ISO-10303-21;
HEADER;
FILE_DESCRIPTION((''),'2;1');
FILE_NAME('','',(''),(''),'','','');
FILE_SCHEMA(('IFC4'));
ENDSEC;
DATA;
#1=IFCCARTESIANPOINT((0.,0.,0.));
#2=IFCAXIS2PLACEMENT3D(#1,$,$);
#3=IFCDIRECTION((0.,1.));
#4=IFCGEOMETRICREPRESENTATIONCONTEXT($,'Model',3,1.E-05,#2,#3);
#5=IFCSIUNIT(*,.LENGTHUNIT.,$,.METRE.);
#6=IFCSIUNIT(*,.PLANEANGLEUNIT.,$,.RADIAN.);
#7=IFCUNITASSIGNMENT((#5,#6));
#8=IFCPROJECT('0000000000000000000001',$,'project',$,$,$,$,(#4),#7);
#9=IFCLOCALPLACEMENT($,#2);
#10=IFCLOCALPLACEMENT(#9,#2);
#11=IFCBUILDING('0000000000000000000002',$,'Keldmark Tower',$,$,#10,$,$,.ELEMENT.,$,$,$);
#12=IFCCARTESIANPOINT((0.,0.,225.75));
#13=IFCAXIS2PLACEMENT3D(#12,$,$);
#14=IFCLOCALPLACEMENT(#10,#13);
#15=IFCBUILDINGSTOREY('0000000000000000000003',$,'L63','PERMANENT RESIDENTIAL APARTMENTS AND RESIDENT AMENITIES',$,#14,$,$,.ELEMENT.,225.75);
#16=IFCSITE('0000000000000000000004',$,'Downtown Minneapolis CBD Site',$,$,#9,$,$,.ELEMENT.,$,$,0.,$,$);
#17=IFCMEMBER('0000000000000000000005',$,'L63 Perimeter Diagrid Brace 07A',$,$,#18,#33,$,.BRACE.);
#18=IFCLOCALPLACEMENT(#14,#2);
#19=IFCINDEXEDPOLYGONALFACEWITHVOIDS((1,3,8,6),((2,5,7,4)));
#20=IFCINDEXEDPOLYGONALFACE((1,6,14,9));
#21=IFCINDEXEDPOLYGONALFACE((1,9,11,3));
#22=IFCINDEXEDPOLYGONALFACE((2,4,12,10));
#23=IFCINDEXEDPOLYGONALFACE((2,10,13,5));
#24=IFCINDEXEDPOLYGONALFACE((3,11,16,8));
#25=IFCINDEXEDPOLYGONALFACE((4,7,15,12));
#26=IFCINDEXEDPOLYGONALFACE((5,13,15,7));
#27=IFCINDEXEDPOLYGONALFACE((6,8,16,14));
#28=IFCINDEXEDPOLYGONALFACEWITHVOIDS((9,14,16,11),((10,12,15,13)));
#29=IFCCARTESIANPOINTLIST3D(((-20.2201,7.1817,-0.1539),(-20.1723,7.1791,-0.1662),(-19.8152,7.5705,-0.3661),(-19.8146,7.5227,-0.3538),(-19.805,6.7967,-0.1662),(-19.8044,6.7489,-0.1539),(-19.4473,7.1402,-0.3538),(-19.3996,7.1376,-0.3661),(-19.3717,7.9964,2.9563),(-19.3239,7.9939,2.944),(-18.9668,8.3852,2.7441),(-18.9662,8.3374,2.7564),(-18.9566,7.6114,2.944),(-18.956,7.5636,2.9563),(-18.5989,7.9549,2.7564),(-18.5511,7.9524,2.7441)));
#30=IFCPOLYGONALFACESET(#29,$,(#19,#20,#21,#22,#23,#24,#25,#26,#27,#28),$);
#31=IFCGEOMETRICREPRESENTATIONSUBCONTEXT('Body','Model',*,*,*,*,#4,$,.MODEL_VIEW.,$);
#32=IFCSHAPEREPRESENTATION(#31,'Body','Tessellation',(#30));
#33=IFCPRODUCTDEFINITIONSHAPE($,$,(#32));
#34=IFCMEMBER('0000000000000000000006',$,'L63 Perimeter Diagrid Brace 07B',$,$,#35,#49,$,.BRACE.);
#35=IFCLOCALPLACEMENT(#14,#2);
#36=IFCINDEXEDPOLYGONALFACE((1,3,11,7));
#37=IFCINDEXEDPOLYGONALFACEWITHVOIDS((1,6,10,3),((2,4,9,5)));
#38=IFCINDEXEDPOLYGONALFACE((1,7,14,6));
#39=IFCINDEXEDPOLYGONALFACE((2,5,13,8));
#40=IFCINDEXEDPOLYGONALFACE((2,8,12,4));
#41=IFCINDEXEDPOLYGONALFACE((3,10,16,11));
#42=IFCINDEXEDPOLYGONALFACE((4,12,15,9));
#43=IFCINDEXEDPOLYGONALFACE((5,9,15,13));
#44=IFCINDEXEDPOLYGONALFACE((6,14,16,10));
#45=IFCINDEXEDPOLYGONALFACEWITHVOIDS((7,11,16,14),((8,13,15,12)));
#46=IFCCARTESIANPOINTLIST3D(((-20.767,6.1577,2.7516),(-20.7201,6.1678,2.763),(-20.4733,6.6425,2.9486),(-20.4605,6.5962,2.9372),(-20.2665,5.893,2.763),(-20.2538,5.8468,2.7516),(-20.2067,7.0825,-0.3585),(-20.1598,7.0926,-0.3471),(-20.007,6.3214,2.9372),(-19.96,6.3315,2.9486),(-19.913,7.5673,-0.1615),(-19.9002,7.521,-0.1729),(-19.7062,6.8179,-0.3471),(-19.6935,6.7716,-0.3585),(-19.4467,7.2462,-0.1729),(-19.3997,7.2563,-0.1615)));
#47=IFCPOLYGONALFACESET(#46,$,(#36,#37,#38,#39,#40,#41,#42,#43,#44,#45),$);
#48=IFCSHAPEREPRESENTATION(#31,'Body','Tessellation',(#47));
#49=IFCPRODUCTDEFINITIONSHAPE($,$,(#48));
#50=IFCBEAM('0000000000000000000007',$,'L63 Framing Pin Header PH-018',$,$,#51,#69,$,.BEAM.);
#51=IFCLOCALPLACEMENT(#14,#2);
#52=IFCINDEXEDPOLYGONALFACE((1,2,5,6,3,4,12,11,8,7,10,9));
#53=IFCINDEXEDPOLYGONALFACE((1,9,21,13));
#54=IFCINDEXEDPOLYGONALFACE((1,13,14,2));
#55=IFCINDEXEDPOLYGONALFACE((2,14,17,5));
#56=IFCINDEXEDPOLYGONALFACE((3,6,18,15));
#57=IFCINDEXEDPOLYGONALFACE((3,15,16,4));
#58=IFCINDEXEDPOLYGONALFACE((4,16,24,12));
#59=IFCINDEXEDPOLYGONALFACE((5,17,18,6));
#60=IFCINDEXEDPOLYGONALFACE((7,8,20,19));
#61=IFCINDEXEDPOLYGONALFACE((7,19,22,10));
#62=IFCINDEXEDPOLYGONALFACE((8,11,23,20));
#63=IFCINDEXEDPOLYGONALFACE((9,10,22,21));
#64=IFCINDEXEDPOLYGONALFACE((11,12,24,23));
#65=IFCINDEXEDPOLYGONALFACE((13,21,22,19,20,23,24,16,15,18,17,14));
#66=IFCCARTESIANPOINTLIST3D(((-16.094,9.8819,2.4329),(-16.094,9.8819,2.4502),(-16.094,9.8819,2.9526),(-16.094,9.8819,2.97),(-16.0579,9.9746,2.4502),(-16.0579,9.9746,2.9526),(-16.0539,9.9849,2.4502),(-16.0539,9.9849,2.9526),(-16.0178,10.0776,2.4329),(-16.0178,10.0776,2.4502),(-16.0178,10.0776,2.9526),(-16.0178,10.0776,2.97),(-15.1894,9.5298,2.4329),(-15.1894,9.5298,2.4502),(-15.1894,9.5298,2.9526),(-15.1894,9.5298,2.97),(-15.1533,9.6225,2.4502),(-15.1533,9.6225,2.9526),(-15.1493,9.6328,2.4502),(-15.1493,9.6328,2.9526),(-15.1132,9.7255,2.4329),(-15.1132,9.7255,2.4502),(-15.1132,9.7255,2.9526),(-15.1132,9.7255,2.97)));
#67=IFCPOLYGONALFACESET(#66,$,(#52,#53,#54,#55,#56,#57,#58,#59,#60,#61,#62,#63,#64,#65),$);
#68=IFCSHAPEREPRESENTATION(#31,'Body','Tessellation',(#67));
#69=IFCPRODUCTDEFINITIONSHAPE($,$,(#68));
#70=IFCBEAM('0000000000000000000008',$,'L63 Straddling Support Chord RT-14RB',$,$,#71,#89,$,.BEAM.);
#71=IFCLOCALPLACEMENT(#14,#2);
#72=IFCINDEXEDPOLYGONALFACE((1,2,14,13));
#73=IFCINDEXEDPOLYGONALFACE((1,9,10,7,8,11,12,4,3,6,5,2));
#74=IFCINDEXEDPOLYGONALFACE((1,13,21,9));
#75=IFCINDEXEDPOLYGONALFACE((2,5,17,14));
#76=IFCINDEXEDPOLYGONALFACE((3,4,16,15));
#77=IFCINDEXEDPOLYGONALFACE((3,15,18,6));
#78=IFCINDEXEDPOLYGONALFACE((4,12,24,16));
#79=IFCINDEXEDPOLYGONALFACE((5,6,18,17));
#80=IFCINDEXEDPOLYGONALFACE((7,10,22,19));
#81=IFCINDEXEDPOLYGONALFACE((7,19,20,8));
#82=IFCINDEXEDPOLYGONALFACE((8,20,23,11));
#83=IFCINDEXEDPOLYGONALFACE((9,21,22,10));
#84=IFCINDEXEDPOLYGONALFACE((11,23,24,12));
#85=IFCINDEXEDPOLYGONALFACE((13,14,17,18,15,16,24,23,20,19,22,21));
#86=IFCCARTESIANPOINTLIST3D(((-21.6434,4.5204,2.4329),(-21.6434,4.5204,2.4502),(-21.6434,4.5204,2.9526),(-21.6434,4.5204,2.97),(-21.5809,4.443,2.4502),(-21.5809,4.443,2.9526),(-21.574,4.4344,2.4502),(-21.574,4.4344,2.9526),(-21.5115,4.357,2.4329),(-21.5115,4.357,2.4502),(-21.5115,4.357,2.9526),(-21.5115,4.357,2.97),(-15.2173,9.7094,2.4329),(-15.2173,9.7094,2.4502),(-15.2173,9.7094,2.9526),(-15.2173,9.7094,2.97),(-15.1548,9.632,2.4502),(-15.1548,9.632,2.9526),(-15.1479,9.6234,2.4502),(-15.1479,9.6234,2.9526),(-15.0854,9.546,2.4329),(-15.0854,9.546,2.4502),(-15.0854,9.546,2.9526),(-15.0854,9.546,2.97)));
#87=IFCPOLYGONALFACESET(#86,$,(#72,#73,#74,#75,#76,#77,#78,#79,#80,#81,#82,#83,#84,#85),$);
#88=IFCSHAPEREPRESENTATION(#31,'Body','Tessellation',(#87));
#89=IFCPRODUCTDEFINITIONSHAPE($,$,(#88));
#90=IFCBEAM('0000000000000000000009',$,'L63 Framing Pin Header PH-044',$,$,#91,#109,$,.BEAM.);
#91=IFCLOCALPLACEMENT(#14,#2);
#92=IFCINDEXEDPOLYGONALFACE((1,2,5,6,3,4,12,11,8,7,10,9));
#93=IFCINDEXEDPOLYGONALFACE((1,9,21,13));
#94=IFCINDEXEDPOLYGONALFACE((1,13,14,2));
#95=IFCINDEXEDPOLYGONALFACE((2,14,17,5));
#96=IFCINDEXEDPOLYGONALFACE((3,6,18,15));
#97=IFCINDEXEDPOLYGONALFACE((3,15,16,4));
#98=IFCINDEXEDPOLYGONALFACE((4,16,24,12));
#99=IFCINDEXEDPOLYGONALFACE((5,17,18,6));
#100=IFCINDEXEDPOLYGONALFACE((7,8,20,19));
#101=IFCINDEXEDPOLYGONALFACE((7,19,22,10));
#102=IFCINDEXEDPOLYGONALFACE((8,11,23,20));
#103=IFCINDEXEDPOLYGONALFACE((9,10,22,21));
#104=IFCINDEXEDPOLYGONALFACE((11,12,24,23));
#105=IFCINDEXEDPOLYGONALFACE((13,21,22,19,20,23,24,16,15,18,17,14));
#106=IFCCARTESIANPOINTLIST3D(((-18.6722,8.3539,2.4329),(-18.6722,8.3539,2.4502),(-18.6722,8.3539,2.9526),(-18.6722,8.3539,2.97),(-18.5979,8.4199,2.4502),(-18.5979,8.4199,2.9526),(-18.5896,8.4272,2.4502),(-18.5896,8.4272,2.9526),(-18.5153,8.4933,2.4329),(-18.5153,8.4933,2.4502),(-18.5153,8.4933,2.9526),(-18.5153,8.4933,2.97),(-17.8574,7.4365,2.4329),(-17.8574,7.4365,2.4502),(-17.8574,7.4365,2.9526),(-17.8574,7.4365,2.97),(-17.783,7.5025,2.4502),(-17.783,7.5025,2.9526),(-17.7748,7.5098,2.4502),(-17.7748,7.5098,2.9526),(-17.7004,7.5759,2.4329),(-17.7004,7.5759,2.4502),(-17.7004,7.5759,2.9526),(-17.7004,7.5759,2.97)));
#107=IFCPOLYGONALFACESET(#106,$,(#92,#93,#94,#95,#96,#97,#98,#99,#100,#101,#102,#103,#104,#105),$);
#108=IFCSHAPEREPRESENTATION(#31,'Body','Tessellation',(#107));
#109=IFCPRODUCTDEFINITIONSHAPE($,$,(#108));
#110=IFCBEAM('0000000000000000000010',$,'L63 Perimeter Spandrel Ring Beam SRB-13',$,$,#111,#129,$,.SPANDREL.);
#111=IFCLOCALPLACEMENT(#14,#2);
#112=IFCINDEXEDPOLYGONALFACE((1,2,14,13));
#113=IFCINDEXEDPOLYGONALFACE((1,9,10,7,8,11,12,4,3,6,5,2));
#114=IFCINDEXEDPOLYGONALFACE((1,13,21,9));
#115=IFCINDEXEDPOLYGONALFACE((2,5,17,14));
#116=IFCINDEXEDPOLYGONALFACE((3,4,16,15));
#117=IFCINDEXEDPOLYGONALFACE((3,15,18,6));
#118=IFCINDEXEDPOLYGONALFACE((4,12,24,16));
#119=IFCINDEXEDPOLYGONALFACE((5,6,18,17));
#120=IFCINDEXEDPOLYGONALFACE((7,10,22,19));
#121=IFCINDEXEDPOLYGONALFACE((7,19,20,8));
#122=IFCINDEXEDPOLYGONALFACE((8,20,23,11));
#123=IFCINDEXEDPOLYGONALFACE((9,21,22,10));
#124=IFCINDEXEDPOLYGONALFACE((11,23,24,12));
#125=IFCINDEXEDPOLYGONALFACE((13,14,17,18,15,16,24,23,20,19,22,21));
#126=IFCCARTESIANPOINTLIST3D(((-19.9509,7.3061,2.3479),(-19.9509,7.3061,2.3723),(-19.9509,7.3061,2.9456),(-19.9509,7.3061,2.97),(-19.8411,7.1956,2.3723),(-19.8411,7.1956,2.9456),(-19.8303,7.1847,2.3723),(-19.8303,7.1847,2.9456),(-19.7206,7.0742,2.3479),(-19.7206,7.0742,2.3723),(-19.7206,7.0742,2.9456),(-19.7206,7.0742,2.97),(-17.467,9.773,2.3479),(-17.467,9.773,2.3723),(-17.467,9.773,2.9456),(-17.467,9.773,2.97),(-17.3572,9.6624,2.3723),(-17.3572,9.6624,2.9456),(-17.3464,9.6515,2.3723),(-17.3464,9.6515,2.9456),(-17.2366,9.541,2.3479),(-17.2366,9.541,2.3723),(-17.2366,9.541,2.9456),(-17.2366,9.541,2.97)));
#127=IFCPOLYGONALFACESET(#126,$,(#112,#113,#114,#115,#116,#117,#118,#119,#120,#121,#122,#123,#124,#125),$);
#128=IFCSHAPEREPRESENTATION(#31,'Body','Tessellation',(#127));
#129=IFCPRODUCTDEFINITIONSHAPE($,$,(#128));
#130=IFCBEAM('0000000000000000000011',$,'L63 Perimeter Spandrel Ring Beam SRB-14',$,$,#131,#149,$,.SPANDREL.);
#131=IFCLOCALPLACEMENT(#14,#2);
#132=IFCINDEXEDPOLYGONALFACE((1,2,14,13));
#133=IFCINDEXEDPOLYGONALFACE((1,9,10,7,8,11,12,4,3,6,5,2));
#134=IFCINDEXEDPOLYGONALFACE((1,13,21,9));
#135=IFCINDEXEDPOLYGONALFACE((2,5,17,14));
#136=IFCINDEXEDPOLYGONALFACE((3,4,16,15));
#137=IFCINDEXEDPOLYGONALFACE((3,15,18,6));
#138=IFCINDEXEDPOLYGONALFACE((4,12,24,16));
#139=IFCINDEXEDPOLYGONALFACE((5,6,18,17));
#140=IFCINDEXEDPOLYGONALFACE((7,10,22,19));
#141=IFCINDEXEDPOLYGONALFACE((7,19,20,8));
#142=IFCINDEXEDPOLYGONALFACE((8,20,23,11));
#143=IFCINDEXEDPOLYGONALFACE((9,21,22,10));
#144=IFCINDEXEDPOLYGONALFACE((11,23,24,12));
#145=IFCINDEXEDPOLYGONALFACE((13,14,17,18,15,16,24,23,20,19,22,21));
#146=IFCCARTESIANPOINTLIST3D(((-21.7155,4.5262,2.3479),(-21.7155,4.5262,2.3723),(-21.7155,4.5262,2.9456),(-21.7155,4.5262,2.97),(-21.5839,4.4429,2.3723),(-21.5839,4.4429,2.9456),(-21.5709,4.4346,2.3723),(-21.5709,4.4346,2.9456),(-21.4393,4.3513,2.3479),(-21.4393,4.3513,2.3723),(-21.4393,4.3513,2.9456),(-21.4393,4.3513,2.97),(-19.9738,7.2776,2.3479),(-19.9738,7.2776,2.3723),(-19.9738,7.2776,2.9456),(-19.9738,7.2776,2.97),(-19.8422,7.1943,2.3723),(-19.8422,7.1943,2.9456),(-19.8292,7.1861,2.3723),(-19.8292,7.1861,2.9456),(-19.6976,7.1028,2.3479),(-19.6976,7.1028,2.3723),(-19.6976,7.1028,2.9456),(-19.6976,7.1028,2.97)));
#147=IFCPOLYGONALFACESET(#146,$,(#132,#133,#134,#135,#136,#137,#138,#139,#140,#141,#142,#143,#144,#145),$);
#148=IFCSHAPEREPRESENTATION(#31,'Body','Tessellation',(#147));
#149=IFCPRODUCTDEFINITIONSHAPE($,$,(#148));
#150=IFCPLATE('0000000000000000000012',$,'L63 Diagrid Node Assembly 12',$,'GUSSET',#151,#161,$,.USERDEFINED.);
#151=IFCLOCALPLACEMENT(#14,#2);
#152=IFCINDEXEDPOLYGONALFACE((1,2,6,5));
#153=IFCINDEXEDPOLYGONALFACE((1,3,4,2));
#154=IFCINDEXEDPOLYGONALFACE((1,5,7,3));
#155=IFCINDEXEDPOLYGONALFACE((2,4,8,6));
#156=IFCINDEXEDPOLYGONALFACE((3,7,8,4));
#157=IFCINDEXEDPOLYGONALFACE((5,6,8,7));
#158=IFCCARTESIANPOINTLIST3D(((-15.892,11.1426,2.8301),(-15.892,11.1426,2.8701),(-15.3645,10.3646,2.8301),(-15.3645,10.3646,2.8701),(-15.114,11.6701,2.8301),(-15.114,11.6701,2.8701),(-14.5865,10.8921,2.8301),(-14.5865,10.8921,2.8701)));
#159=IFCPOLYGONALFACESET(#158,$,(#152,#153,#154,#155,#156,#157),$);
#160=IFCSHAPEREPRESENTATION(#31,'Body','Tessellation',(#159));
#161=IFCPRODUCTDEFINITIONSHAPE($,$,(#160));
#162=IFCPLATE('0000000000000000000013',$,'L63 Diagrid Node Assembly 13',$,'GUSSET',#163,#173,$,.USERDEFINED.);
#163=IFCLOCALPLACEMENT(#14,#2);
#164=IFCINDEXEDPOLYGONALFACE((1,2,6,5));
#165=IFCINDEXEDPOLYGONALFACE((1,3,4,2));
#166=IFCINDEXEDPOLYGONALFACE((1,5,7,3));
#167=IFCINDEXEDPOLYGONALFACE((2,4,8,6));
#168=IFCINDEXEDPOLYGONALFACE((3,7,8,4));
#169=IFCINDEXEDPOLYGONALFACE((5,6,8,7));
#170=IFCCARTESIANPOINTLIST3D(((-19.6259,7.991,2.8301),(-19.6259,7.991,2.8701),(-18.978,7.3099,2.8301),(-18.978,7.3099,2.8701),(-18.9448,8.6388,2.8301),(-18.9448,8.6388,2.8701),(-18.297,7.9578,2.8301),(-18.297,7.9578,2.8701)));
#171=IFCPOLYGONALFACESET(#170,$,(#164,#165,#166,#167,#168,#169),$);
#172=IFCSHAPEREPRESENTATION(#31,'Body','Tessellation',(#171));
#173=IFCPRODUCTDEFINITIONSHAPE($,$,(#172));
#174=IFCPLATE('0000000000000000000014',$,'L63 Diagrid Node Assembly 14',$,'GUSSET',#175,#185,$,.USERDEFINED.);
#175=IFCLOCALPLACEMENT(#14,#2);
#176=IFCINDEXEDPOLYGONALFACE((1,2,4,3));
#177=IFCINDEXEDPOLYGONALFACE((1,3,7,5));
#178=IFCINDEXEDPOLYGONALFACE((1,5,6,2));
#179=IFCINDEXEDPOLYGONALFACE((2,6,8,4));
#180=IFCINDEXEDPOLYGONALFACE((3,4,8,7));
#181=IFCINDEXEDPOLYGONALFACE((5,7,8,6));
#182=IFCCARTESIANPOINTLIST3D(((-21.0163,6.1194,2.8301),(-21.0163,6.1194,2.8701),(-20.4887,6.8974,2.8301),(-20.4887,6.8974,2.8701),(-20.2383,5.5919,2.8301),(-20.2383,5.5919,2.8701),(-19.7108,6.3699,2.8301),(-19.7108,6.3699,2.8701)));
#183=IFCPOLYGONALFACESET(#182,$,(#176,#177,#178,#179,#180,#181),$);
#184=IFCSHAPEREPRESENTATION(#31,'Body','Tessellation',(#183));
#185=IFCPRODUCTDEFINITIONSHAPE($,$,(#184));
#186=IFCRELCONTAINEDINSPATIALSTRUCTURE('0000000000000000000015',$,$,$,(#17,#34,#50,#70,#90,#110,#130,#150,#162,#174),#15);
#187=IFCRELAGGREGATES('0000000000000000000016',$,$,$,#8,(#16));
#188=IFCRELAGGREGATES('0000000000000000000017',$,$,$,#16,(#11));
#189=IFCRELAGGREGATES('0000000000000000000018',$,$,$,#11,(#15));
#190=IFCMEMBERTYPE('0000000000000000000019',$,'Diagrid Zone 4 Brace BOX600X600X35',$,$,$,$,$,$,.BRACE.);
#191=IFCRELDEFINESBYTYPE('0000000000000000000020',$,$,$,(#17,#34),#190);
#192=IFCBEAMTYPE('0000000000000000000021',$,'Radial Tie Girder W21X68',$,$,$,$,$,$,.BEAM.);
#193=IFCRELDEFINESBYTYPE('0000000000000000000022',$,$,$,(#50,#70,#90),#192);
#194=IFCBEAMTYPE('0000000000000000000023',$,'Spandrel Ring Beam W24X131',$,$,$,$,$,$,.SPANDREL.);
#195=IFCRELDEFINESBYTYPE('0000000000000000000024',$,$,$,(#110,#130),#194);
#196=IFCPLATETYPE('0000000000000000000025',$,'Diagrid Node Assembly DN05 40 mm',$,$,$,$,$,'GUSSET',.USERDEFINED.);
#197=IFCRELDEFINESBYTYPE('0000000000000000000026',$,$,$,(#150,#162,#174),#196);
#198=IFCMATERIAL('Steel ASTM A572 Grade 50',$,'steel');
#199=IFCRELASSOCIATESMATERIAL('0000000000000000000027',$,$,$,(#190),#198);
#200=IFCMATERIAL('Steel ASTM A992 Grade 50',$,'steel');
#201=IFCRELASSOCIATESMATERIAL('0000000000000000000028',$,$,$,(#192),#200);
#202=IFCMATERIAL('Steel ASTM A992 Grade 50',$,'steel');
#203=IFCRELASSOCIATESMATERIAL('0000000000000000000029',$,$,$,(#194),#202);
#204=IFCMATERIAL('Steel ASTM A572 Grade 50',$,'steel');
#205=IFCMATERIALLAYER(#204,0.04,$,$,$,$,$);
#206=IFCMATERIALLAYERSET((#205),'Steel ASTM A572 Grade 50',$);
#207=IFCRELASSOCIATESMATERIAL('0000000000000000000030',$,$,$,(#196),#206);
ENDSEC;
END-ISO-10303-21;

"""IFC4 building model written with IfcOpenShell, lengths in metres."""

from ifc_helpers import new_model, si_unit, direction, frame, origin, origin_2d, place, context, subcontext, project, spatial, rectangle, hollow_rectangle, i_section, extrude, material, layer, layer_set, material_profile, profile_set, type_object, element, save


model = new_model("IFC4")

# Units and contexts
model_context = context("Model", 3, precision=1e-05, world=origin(), true_north=direction((0.0, 1.0)))
body_context = subcontext(model_context, "Body", "Model", "MODEL_VIEW")
ifc_project = project(units=[si_unit("LENGTHUNIT", "METRE"), si_unit("PLANEANGLEUNIT", "RADIAN")], contexts=[model_context])

# Site, building, storey
site_placement = place(None, origin())
site = spatial("IfcSite", under=ifc_project, at=site_placement, Name="Downtown Minneapolis CBD Site", CompositionType="ELEMENT", RefElevation=0.0)
building_placement = place(site_placement, origin())
building = spatial("IfcBuilding", under=site, at=building_placement, Name="Keldmark Tower", CompositionType="ELEMENT")
storey_placement = place(building_placement, frame((0.0, 0.0, 225.75)))
storey = spatial("IfcBuildingStorey", under=building, at=storey_placement, Name="L63", Description="PERMANENT RESIDENTIAL APARTMENTS AND RESIDENT AMENITIES", CompositionType="ELEMENT", Elevation=225.75)

# Members
ifc_material_1 = material(Name="Steel ASTM A572 Grade 50", Category="steel")
ifc_material_profile_1 = material_profile(ifc_material_1, hollow_rectangle(XDim=0.6001, YDim=0.6001, WallThickness=0.0349, at=origin_2d()), Name="BOX600X600X35")
ifc_profile_set_1 = profile_set([ifc_material_profile_1], Name="Steel ASTM A572 Grade 50")
member_type = type_object("IfcMemberType", Name="Diagrid Zone 4 Brace BOX600X600X35", PredefinedType="BRACE", material=ifc_profile_set_1)
member_1_placement = place(storey_placement, frame((-19.8098, 7.1597, -0.26), z_axis=(0.255147, 0.245015, 0.935344), x_axis=(-0.69264, 0.721284, 0.0)))
element("IfcMember", 1, at=member_1_placement, inside=storey, type_object=member_type, Name="L63 Perimeter Diagrid Brace 07A", PredefinedType="BRACE", context=body_context, shape_type="SweptSolid", body=[
    extrude(hollow_rectangle(XDim=0.6001, YDim=0.6001, WallThickness=0.0349, at=origin_2d()), origin(), (0.0, 0.0, 1.0), 3.3252),
])
member_2_placement = place(storey_placement, frame((-19.8032, 7.1694, -0.26), z_axis=(-0.170164, -0.280864, 0.944542), x_axis=(0.855274, -0.518177, 0.0)))
element("IfcMember", 2, at=member_2_placement, inside=storey, type_object=member_type, Name="L63 Perimeter Diagrid Brace 07B", PredefinedType="BRACE", context=body_context, shape_type="SweptSolid", body=[
    extrude(hollow_rectangle(XDim=0.6001, YDim=0.6001, WallThickness=0.0349, at=origin_2d()), origin(), (0.0, 0.0, 1.0), 3.2927),
])

# Beams
ifc_material_2 = material(Name="Steel ASTM A992 Grade 50", Category="steel")
ifc_material_profile_2 = material_profile(ifc_material_2, i_section(OverallWidth=0.21, OverallDepth=0.5371, WebThickness=0.011, FlangeThickness=0.0173, at=origin_2d()), Name="W21X68")
ifc_profile_set_2 = profile_set([ifc_material_profile_2], Name="Steel ASTM A992 Grade 50")
beam_type_1 = type_object("IfcBeamType", Name="Radial Tie Girder W21X68", PredefinedType="BEAM", material=ifc_profile_set_2)
beam_1_placement = place(storey_placement, frame((-16.0559, 9.9797, 2.7014), z_axis=(0.931906, -0.362701, 0.0), x_axis=(0.362701, 0.931906, 0.0)))
element("IfcBeam", 3, at=beam_1_placement, inside=storey, type_object=beam_type_1, Name="L63 Framing Pin Header PH-018", PredefinedType="BEAM", context=body_context, shape_type="SweptSolid", body=[
    extrude(i_section(OverallWidth=0.21, OverallDepth=0.5371, WebThickness=0.011, FlangeThickness=0.0173, at=origin_2d()), origin(), (0.0, 0.0, 1.0), 0.9707),
])
beam_2_placement = place(storey_placement, frame((-15.1514, 9.6277, 2.7014), z_axis=(-0.778017, -0.628243, 0.0), x_axis=(0.628243, -0.778017, 0.0)))
element("IfcBeam", 4, at=beam_2_placement, inside=storey, type_object=beam_type_1, Name="L63 Straddling Support Chord RT-14RB", PredefinedType="BEAM", context=body_context, shape_type="SweptSolid", body=[
    extrude(i_section(OverallWidth=0.21, OverallDepth=0.5371, WebThickness=0.011, FlangeThickness=0.0173, at=origin_2d()), origin(), (0.0, 0.0, 1.0), 8.2595),
])
beam_3_placement = place(storey_placement, frame((-18.5938, 8.4236, 2.7014), z_axis=(0.664092, -0.747651, 0.0), x_axis=(0.747651, 0.664092, 0.0)))
element("IfcBeam", 5, at=beam_3_placement, inside=storey, type_object=beam_type_1, Name="L63 Framing Pin Header PH-044", PredefinedType="BEAM", context=body_context, shape_type="SweptSolid", body=[
    extrude(i_section(OverallWidth=0.21, OverallDepth=0.5371, WebThickness=0.011, FlangeThickness=0.0173, at=origin_2d()), origin(), (0.0, 0.0, 1.0), 1.2271),
])
ifc_material_3 = material(Name="Steel ASTM A992 Grade 50", Category="steel")
ifc_material_profile_3 = material_profile(ifc_material_3, i_section(OverallWidth=0.3269, OverallDepth=0.6221, WebThickness=0.0154, FlangeThickness=0.0244, at=origin_2d()), Name="W24X131")
ifc_profile_set_3 = profile_set([ifc_material_profile_3], Name="Steel ASTM A992 Grade 50")
beam_type_2 = type_object("IfcBeamType", Name="Spandrel Ring Beam W24X131", PredefinedType="SPANDREL", material=ifc_profile_set_3)
beam_4_placement = place(storey_placement, frame((-17.3518, 9.657, 2.6589), z_axis=(-0.709543, -0.704662, 0.0), x_axis=(0.704662, -0.709543, 0.0)))
element("IfcBeam", 6, at=beam_4_placement, inside=storey, type_object=beam_type_2, Name="L63 Perimeter Spandrel Ring Beam SRB-13", PredefinedType="SPANDREL", context=body_context, shape_type="SweptSolid", body=[
    extrude(i_section(OverallWidth=0.3269, OverallDepth=0.6221, WebThickness=0.0154, FlangeThickness=0.0244, at=origin_2d()), origin(), (0.0, 0.0, 1.0), 3.5007),
])
beam_5_placement = place(storey_placement, frame((-19.8357, 7.1902, 2.6589), z_axis=(-0.534856, -0.844943, 0.0), x_axis=(0.844943, -0.534856, 0.0)))
element("IfcBeam", 7, at=beam_5_placement, inside=storey, type_object=beam_type_2, Name="L63 Perimeter Spandrel Ring Beam SRB-14", PredefinedType="SPANDREL", context=body_context, shape_type="SweptSolid", body=[
    extrude(i_section(OverallWidth=0.3269, OverallDepth=0.6221, WebThickness=0.0154, FlangeThickness=0.0244, at=origin_2d()), origin(), (0.0, 0.0, 1.0), 3.2563),
])

# Plates
ifc_material_4 = material(Name="Steel ASTM A572 Grade 50", Category="steel")
ifc_layer_1 = layer(ifc_material_4, 0.04)
ifc_layer_set_1 = layer_set([ifc_layer_1], Name="Steel ASTM A572 Grade 50")
plate_type = type_object("IfcPlateType", Name="Diagrid Node Assembly DN05 40 mm", ElementType="GUSSET", PredefinedType="USERDEFINED", material=ifc_layer_set_1)
for number, where, z_axis, x_axis, name in (
    (8, (-15.2393, 11.0173, 2.8301), (0.0, 0.0, 1.0), (-0.827669, -0.561217, 0.0), "L63 Diagrid Node Assembly 12"),
    (9, (-18.9614, 7.9744, 2.8301), (0.0, 0.0, 1.0), (-0.724533, -0.68924, 0.0), "L63 Diagrid Node Assembly 13"),
    (10, (-20.3635, 6.2446, 2.8301), (0.0, 0.0, 1.0), (-0.561217, -0.827669, 0.0), "L63 Diagrid Node Assembly 14"),
):
    element("IfcPlate", number, at=place(storey_placement, frame(where, z_axis=z_axis, x_axis=x_axis)), inside=storey, type_object=plate_type, Name=name, ObjectType="GUSSET", PredefinedType="USERDEFINED", context=body_context, shape_type="SweptSolid", body=[
        extrude(rectangle(XDim=0.9399, YDim=0.9399, at=origin_2d()), origin(), (0.0, 0.0, 1.0), 0.04),
    ])

save(model, "model.ifc")
